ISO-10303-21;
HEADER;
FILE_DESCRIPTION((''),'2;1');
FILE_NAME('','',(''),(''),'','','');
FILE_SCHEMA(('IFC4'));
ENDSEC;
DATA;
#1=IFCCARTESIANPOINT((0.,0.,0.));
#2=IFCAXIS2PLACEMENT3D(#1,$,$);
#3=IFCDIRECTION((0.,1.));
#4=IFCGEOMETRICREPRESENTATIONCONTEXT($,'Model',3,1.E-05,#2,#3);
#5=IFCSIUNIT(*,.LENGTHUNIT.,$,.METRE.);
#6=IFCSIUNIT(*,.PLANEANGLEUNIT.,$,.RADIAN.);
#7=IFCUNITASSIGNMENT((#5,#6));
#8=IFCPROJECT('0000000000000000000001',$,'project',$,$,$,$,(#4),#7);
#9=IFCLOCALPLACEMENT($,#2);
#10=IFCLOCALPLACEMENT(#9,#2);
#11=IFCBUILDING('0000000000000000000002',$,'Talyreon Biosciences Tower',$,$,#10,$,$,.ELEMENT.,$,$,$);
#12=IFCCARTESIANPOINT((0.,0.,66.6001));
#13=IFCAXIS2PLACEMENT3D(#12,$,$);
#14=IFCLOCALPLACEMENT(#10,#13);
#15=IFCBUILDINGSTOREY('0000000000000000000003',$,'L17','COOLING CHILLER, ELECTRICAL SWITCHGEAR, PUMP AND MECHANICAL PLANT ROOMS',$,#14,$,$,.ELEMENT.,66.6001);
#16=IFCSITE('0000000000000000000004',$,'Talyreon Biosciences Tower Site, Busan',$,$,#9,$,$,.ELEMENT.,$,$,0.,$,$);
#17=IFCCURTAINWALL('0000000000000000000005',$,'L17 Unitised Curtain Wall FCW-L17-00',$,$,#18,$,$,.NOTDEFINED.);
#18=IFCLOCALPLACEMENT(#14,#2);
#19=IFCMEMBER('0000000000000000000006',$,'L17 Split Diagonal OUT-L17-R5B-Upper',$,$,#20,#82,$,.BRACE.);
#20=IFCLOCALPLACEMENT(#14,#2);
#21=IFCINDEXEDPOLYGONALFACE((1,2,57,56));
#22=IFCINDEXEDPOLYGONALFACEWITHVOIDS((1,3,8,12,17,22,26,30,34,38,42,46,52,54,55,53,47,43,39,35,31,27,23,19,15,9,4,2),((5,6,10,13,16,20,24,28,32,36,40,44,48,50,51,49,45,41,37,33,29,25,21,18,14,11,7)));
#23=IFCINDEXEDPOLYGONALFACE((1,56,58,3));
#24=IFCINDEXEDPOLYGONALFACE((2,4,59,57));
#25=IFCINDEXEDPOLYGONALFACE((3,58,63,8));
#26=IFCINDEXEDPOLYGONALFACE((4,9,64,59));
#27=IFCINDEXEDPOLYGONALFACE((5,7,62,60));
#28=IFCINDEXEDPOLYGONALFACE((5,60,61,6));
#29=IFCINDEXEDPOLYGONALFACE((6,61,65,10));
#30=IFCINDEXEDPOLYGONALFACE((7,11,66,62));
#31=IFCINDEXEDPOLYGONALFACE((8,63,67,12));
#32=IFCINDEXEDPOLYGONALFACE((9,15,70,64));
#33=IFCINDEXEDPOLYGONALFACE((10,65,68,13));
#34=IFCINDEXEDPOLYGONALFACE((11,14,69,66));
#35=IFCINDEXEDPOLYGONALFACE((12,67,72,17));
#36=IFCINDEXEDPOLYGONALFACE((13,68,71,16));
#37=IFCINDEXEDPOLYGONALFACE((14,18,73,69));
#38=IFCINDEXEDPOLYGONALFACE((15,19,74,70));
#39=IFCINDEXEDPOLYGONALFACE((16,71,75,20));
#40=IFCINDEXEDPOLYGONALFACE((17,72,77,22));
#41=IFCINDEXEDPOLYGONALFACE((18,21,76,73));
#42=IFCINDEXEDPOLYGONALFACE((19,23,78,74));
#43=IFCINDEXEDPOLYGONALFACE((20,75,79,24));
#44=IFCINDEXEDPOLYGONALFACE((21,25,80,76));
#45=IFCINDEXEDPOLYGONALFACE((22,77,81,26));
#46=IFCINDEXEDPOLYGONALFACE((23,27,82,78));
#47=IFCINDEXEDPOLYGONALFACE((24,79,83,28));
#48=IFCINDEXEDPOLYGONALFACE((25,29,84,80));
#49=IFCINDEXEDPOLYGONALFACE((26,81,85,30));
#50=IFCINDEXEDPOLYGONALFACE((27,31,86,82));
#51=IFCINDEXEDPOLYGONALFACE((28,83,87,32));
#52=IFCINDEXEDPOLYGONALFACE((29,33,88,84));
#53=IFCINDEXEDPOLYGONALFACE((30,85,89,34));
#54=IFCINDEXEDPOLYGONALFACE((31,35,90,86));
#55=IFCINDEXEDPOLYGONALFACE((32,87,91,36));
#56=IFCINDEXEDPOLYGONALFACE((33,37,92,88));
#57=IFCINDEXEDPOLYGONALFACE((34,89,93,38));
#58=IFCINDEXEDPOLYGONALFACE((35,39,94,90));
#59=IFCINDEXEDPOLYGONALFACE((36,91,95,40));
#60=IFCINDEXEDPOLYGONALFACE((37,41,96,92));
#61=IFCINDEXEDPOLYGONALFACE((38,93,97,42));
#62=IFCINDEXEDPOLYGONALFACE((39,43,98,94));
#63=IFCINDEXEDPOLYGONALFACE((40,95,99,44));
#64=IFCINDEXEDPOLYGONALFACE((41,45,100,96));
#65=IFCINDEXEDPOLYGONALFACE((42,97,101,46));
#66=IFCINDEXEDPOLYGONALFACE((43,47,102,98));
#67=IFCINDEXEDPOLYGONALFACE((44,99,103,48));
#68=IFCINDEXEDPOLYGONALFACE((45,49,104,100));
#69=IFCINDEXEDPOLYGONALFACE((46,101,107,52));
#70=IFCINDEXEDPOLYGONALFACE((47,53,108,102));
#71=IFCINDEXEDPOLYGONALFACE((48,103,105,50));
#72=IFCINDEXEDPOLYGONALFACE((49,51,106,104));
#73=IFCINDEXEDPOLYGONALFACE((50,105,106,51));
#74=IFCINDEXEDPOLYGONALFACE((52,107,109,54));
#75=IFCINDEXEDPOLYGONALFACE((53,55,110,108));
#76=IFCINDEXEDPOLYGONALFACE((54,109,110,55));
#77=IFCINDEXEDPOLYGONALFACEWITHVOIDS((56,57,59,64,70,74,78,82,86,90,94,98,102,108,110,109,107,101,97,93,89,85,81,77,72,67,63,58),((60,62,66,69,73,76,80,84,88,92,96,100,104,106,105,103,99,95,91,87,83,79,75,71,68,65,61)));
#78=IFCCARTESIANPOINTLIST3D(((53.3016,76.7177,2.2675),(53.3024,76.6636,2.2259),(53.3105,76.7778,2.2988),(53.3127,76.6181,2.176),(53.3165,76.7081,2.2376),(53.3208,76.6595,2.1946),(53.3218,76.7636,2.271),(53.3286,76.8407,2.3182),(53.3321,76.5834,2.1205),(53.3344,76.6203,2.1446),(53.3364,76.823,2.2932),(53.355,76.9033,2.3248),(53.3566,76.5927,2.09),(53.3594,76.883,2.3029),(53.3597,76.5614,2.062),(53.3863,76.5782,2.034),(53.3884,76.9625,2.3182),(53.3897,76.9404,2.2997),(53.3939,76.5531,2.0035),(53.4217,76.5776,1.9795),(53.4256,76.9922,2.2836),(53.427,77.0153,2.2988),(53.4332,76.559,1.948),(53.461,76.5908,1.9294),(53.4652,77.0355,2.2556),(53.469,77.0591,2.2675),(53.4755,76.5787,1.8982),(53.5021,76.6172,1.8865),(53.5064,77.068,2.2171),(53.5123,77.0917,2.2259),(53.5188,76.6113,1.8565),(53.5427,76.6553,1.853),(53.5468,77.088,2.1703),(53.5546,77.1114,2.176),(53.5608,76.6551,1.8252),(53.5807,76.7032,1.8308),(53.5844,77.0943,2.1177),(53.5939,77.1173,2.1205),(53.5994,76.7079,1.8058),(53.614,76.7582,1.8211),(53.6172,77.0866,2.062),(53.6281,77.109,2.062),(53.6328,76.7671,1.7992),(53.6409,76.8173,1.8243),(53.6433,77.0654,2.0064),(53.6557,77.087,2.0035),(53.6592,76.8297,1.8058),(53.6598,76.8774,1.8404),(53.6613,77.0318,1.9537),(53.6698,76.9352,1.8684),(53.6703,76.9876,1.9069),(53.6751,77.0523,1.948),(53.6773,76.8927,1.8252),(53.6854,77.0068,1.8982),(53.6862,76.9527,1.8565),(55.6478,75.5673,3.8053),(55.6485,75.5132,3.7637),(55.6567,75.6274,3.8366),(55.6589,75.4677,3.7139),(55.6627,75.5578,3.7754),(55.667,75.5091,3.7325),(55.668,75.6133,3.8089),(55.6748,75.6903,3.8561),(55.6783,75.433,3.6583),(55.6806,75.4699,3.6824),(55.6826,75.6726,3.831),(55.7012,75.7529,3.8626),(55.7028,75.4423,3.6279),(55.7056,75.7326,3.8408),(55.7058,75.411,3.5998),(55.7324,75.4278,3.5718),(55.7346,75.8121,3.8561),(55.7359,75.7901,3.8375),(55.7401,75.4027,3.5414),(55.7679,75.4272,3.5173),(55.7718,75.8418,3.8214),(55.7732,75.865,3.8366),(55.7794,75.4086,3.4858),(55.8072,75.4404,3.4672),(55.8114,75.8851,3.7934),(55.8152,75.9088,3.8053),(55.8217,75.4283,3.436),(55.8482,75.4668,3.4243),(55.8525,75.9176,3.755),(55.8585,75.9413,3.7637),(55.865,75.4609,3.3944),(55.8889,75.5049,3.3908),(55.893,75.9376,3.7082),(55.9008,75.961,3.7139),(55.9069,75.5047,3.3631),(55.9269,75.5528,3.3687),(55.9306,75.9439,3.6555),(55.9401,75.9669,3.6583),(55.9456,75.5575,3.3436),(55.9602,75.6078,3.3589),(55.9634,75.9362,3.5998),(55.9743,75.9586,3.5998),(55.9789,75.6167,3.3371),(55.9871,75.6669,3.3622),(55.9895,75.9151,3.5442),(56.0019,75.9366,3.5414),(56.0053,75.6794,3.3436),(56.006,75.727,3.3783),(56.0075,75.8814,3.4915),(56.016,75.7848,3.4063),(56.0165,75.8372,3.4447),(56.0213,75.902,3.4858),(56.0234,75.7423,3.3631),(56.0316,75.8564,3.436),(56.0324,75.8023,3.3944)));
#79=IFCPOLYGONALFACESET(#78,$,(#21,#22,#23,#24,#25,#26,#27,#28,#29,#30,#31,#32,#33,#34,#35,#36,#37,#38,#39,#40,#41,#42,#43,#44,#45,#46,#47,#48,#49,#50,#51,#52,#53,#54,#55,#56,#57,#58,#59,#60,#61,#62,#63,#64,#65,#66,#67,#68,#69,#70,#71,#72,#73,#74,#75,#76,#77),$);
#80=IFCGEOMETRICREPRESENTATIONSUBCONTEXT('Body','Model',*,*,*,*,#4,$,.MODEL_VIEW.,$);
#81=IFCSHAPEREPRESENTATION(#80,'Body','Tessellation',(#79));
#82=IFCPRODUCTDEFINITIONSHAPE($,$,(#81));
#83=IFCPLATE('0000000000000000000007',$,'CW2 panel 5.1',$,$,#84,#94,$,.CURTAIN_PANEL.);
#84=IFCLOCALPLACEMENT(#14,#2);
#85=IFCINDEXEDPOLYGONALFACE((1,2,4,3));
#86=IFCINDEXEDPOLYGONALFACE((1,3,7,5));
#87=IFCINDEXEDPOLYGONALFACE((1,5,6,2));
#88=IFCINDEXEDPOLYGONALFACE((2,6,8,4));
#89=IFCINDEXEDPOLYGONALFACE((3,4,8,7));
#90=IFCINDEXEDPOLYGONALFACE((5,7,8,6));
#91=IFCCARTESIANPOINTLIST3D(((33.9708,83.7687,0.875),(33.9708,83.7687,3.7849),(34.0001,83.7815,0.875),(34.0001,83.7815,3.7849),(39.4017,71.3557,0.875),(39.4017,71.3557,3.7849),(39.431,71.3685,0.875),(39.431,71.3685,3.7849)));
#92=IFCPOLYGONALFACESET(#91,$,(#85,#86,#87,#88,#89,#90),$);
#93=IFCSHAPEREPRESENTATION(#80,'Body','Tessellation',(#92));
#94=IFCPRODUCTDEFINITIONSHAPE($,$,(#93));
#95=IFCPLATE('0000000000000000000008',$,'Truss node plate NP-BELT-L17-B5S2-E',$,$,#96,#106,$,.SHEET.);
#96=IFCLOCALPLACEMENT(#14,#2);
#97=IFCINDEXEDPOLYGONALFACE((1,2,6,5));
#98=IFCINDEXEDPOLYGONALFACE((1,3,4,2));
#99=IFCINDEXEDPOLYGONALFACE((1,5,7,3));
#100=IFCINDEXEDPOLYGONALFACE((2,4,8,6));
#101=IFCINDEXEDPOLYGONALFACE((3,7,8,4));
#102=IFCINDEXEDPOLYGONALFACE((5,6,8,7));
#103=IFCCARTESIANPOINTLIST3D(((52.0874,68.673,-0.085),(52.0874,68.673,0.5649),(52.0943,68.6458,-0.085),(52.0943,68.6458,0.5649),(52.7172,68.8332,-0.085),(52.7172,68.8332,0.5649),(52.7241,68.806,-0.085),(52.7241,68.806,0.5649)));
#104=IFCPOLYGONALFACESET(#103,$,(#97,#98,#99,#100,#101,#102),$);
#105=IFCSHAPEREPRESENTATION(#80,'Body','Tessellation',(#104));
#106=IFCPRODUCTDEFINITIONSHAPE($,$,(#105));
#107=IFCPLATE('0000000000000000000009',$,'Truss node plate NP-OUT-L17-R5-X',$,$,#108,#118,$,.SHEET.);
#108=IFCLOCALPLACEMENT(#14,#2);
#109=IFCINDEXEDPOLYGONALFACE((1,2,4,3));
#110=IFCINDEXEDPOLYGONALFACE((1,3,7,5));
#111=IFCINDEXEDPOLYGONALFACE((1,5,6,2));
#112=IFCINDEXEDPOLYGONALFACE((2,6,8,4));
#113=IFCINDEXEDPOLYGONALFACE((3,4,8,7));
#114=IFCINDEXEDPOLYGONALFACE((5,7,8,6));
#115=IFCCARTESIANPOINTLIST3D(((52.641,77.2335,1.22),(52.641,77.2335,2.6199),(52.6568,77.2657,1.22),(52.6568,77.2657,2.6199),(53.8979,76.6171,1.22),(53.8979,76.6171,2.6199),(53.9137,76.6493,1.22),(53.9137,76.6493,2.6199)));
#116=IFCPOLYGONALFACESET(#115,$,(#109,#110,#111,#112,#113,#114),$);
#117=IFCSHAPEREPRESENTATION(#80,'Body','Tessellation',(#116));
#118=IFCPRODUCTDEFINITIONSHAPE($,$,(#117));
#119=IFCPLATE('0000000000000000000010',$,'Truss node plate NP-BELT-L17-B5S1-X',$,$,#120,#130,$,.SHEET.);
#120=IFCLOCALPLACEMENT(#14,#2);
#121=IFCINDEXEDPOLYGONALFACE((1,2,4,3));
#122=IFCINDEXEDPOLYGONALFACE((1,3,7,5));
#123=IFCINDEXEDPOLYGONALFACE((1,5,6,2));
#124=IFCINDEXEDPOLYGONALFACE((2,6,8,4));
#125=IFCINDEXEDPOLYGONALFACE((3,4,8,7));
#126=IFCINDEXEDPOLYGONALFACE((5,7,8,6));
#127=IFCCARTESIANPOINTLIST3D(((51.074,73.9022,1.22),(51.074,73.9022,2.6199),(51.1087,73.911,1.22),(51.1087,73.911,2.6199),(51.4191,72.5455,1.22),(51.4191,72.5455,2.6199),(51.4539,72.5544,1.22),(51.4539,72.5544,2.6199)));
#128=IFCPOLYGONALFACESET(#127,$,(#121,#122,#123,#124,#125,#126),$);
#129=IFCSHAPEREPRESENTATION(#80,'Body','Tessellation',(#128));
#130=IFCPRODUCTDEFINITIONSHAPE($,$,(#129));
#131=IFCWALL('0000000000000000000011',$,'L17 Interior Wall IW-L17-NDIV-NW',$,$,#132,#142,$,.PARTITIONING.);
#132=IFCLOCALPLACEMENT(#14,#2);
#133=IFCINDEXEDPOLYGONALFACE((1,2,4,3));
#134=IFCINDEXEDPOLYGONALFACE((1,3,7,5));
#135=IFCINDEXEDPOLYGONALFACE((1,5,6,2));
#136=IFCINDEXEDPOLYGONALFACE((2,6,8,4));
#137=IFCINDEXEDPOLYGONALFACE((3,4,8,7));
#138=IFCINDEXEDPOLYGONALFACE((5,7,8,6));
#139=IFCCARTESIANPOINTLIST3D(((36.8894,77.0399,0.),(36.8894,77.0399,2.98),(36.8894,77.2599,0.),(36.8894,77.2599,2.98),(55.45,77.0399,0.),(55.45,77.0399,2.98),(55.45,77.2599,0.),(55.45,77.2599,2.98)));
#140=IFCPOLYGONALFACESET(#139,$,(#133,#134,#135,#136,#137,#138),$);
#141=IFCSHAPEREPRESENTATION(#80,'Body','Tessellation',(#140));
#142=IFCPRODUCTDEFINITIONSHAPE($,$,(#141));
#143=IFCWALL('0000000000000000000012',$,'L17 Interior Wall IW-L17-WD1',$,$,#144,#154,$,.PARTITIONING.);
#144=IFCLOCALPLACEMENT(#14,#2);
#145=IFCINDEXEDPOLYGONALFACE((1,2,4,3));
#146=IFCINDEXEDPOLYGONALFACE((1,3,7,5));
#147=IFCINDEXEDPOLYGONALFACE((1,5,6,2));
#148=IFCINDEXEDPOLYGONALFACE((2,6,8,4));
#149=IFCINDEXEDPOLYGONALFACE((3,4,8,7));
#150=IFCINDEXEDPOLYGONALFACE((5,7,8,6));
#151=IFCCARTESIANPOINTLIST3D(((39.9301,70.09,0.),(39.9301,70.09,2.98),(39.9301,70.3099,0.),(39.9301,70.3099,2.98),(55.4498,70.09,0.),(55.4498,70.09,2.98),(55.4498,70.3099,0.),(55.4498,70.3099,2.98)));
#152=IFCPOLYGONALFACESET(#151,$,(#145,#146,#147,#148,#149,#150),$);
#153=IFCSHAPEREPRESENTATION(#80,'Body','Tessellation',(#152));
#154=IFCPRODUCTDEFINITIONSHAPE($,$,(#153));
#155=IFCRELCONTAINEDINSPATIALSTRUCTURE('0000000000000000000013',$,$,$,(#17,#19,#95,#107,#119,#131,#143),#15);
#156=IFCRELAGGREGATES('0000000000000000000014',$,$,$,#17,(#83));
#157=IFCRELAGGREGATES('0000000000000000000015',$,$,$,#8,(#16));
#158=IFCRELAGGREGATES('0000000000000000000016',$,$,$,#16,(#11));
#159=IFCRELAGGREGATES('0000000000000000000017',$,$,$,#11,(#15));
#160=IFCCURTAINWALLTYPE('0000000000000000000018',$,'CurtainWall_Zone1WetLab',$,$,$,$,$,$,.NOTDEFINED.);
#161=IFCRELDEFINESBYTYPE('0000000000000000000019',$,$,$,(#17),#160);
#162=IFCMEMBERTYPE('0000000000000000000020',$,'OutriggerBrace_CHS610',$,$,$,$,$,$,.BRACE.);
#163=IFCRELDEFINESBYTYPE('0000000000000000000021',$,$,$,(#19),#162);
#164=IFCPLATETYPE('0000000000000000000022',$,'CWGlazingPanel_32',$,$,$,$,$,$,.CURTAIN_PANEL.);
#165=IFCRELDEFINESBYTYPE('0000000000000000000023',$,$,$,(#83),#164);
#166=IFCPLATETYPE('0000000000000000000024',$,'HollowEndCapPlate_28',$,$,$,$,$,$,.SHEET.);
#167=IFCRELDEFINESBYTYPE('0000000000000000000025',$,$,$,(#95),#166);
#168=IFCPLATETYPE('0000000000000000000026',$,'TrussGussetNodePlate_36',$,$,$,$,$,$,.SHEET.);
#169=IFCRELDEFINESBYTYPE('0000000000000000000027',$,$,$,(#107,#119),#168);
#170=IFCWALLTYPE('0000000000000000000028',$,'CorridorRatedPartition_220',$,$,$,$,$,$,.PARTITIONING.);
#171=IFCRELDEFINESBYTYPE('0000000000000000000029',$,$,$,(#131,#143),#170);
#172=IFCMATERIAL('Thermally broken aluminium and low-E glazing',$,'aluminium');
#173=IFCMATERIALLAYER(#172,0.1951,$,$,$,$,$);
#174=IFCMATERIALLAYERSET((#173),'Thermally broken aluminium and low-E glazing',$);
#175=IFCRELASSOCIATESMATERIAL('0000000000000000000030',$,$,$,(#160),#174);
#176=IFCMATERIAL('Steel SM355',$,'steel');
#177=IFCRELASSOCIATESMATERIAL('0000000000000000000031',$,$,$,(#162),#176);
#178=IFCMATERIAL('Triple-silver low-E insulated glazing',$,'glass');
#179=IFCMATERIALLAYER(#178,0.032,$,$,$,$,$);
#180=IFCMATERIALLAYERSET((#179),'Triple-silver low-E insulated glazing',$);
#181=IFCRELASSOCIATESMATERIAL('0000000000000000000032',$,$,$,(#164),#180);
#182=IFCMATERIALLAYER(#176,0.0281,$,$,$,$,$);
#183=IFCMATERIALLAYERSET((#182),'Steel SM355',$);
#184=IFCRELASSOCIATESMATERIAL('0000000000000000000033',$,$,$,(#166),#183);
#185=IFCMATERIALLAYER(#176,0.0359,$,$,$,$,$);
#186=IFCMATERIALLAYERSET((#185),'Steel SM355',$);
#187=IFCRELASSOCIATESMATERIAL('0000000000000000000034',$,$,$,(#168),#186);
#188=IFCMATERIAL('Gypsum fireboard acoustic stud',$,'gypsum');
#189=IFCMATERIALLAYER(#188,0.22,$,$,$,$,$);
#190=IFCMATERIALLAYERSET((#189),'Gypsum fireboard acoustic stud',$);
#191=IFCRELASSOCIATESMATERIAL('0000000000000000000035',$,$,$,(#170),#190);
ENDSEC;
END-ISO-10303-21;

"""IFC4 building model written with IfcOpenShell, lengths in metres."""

from ifc_helpers import new_model, si_unit, direction, frame, frame_2d, origin, origin_2d, place, context, subcontext, project, spatial, rectangle, hollow_circle, extrude, material, layer, layer_set, material_profile, profile_set, type_object, element, aggregate, save


model = new_model("IFC4")

# Units and contexts
model_context = context("Model", 3, precision=1e-05, world=origin(), true_north=direction((0.0, 1.0)))
body_context = subcontext(model_context, "Body", "Model", "MODEL_VIEW")
ifc_project = project(units=[si_unit("LENGTHUNIT", "METRE"), si_unit("PLANEANGLEUNIT", "RADIAN")], contexts=[model_context])

# Site, building, storey
site_placement = place(None, origin())
site = spatial("IfcSite", under=ifc_project, at=site_placement, Name="Talyreon Biosciences Tower Site, Busan", CompositionType="ELEMENT", RefElevation=0.0)
building_placement = place(site_placement, origin())
building = spatial("IfcBuilding", under=site, at=building_placement, Name="Talyreon Biosciences Tower", CompositionType="ELEMENT")
storey_placement = place(building_placement, frame((0.0, 0.0, 66.6001)))
storey = spatial("IfcBuildingStorey", under=building, at=storey_placement, Name="L17", Description="COOLING CHILLER, ELECTRICAL SWITCHGEAR, PUMP AND MECHANICAL PLANT ROOMS", CompositionType="ELEMENT", Elevation=66.6001)

# Shared definitions
ifc_material_1 = material(Name="Steel SM355", Category="steel")

# Curtain wall
ifc_material_2 = material(Name="Thermally broken aluminium and low-E glazing", Category="aluminium")
ifc_layer_1 = layer(ifc_material_2, 0.1951)
ifc_layer_set_1 = layer_set([ifc_layer_1], Name="Thermally broken aluminium and low-E glazing")
curtain_wall_type = type_object("IfcCurtainWallType", Name="CurtainWall_Zone1WetLab", PredefinedType="NOTDEFINED", material=ifc_layer_set_1)
curtain_wall_placement = place(storey_placement, origin())
curtain_wall = element("IfcCurtainWall", 1, at=curtain_wall_placement, inside=storey, type_object=curtain_wall_type, Name="L17 Unitised Curtain Wall FCW-L17-00", PredefinedType="NOTDEFINED")

# Member
ifc_material_profile_1 = material_profile(ifc_material_1, hollow_circle(Radius=0.3049, WallThickness=0.0249, at=origin_2d()), Name="CHS 610x25")
ifc_profile_set_1 = profile_set([ifc_material_profile_1], Name="Steel SM355")
member_type_1 = type_object("IfcMemberType", Name="OutriggerBrace_CHS610", PredefinedType="BRACE", material=ifc_profile_set_1)
member_1_placement = place(storey_placement, frame((53.4939, 76.8352, 2.062), z_axis=(0.773812, -0.379418, 0.507205), x_axis=(0.440249, 0.897876, 0.0)))
element("IfcMember", 2, at=member_1_placement, inside=storey, type_object=member_type_1, Name="L17 Split Diagonal OUT-L17-R5B-Upper", PredefinedType="BRACE", context=body_context, shape_type="SweptSolid", body=[
    extrude(hollow_circle(Radius=0.3049, WallThickness=0.0249, at=origin_2d()), origin(), (0.0, 0.0, 1.0), 3.032),
])

# Plate
ifc_material_3 = material(Name="Triple-silver low-E insulated glazing", Category="glass")
ifc_layer_2 = layer(ifc_material_3, 0.032)
ifc_layer_set_2 = layer_set([ifc_layer_2], Name="Triple-silver low-E insulated glazing")
plate_type_1 = type_object("IfcPlateType", Name="CWGlazingPanel_32", PredefinedType="CURTAIN_PANEL", material=ifc_layer_set_2)
plate_1_placement = place(storey_placement, frame((36.7009, 77.5686, 0.875), z_axis=(0.0, 0.0, 1.0), x_axis=(-0.400831, 0.916152, 0.0)))
plate_1 = element("IfcPlate", 3, at=plate_1_placement, type_object=plate_type_1, Name="CW2 panel 5.1", PredefinedType="CURTAIN_PANEL", context=body_context, shape_type="SweptSolid", body=[
    extrude(rectangle(XDim=13.5491, YDim=0.032, at=origin_2d()), origin(), (0.0, 0.0, 1.0), 2.9099),
])
aggregate(curtain_wall, [plate_1])

# Plates
ifc_layer_3 = layer(ifc_material_1, 0.0281)
ifc_layer_set_3 = layer_set([ifc_layer_3], Name="Steel SM355")
plate_type_2 = type_object("IfcPlateType", Name="HollowEndCapPlate_28", PredefinedType="SHEET", material=ifc_layer_set_3)
plate_2_placement = place(storey_placement, frame((52.4058, 68.7395, -0.085), z_axis=(0.0, 0.0, 1.0), x_axis=(0.969132, 0.246542, 0.0)))
element("IfcPlate", 4, at=plate_2_placement, inside=storey, type_object=plate_type_2, Name="Truss node plate NP-BELT-L17-B5S2-E", PredefinedType="SHEET", context=body_context, shape_type="SweptSolid", body=[
    extrude(rectangle(XDim=0.6499, YDim=0.0281, at=origin_2d()), origin(), (0.0, 0.0, 1.0), 0.6499),
])
ifc_layer_4 = layer(ifc_material_1, 0.0359)
ifc_layer_set_4 = layer_set([ifc_layer_4], Name="Steel SM355")
plate_type_3 = type_object("IfcPlateType", Name="TrussGussetNodePlate_36", PredefinedType="SHEET", material=ifc_layer_set_4)
for number, where, z_axis, x_axis, name in (
    (5, (53.2773, 76.9414, 1.22), (0.0, 0.0, 1.0), (-0.897859, 0.440284, 0.0), "Truss node plate NP-OUT-L17-R5-X"),
    (6, (51.2639, 73.2283, 1.22), (0.0, 0.0, 1.0), (0.246542, -0.969132, 0.0), "Truss node plate NP-BELT-L17-B5S1-X"),
):
    element("IfcPlate", number, at=place(storey_placement, frame(where, z_axis=z_axis, x_axis=x_axis)), inside=storey, type_object=plate_type_3, Name=name, PredefinedType="SHEET", context=body_context, shape_type="SweptSolid", body=[
        extrude(rectangle(XDim=1.3999, YDim=0.0359, at=origin_2d()), origin(), (0.0, 0.0, 1.0), 1.3999),
    ])

# Walls
ifc_material_4 = material(Name="Gypsum fireboard acoustic stud", Category="gypsum")
ifc_layer_5 = layer(ifc_material_4, 0.22)
ifc_layer_set_5 = layer_set([ifc_layer_5], Name="Gypsum fireboard acoustic stud")
wall_type = type_object("IfcWallType", Name="CorridorRatedPartition_220", PredefinedType="PARTITIONING", material=ifc_layer_set_5)
wall_1_placement = place(storey_placement, frame((36.8894, 77.1499, 0.0), z_axis=(0.0, 0.0, 1.0), x_axis=(1.0, 0.0, 0.0)))
element("IfcWall", 7, at=wall_1_placement, inside=storey, type_object=wall_type, Name="L17 Interior Wall IW-L17-NDIV-NW", PredefinedType="PARTITIONING", context=body_context, shape_type="SweptSolid", body=[
    extrude(rectangle(XDim=18.5605, YDim=0.22, at=frame_2d((9.2803, 0.0))), origin(), (0.0, 0.0, 1.0), 2.98),
])
wall_2_placement = place(storey_placement, frame((39.9302, 70.2, 0.0), z_axis=(0.0, 0.0, 1.0), x_axis=(1.0, 0.0, 0.0)))
element("IfcWall", 8, at=wall_2_placement, inside=storey, type_object=wall_type, Name="L17 Interior Wall IW-L17-WD1", PredefinedType="PARTITIONING", context=body_context, shape_type="SweptSolid", body=[
    extrude(rectangle(XDim=15.5198, YDim=0.22, at=frame_2d((7.7598, 0.0))), origin(), (0.0, 0.0, 1.0), 2.98),
])

save(model, "model.ifc")
